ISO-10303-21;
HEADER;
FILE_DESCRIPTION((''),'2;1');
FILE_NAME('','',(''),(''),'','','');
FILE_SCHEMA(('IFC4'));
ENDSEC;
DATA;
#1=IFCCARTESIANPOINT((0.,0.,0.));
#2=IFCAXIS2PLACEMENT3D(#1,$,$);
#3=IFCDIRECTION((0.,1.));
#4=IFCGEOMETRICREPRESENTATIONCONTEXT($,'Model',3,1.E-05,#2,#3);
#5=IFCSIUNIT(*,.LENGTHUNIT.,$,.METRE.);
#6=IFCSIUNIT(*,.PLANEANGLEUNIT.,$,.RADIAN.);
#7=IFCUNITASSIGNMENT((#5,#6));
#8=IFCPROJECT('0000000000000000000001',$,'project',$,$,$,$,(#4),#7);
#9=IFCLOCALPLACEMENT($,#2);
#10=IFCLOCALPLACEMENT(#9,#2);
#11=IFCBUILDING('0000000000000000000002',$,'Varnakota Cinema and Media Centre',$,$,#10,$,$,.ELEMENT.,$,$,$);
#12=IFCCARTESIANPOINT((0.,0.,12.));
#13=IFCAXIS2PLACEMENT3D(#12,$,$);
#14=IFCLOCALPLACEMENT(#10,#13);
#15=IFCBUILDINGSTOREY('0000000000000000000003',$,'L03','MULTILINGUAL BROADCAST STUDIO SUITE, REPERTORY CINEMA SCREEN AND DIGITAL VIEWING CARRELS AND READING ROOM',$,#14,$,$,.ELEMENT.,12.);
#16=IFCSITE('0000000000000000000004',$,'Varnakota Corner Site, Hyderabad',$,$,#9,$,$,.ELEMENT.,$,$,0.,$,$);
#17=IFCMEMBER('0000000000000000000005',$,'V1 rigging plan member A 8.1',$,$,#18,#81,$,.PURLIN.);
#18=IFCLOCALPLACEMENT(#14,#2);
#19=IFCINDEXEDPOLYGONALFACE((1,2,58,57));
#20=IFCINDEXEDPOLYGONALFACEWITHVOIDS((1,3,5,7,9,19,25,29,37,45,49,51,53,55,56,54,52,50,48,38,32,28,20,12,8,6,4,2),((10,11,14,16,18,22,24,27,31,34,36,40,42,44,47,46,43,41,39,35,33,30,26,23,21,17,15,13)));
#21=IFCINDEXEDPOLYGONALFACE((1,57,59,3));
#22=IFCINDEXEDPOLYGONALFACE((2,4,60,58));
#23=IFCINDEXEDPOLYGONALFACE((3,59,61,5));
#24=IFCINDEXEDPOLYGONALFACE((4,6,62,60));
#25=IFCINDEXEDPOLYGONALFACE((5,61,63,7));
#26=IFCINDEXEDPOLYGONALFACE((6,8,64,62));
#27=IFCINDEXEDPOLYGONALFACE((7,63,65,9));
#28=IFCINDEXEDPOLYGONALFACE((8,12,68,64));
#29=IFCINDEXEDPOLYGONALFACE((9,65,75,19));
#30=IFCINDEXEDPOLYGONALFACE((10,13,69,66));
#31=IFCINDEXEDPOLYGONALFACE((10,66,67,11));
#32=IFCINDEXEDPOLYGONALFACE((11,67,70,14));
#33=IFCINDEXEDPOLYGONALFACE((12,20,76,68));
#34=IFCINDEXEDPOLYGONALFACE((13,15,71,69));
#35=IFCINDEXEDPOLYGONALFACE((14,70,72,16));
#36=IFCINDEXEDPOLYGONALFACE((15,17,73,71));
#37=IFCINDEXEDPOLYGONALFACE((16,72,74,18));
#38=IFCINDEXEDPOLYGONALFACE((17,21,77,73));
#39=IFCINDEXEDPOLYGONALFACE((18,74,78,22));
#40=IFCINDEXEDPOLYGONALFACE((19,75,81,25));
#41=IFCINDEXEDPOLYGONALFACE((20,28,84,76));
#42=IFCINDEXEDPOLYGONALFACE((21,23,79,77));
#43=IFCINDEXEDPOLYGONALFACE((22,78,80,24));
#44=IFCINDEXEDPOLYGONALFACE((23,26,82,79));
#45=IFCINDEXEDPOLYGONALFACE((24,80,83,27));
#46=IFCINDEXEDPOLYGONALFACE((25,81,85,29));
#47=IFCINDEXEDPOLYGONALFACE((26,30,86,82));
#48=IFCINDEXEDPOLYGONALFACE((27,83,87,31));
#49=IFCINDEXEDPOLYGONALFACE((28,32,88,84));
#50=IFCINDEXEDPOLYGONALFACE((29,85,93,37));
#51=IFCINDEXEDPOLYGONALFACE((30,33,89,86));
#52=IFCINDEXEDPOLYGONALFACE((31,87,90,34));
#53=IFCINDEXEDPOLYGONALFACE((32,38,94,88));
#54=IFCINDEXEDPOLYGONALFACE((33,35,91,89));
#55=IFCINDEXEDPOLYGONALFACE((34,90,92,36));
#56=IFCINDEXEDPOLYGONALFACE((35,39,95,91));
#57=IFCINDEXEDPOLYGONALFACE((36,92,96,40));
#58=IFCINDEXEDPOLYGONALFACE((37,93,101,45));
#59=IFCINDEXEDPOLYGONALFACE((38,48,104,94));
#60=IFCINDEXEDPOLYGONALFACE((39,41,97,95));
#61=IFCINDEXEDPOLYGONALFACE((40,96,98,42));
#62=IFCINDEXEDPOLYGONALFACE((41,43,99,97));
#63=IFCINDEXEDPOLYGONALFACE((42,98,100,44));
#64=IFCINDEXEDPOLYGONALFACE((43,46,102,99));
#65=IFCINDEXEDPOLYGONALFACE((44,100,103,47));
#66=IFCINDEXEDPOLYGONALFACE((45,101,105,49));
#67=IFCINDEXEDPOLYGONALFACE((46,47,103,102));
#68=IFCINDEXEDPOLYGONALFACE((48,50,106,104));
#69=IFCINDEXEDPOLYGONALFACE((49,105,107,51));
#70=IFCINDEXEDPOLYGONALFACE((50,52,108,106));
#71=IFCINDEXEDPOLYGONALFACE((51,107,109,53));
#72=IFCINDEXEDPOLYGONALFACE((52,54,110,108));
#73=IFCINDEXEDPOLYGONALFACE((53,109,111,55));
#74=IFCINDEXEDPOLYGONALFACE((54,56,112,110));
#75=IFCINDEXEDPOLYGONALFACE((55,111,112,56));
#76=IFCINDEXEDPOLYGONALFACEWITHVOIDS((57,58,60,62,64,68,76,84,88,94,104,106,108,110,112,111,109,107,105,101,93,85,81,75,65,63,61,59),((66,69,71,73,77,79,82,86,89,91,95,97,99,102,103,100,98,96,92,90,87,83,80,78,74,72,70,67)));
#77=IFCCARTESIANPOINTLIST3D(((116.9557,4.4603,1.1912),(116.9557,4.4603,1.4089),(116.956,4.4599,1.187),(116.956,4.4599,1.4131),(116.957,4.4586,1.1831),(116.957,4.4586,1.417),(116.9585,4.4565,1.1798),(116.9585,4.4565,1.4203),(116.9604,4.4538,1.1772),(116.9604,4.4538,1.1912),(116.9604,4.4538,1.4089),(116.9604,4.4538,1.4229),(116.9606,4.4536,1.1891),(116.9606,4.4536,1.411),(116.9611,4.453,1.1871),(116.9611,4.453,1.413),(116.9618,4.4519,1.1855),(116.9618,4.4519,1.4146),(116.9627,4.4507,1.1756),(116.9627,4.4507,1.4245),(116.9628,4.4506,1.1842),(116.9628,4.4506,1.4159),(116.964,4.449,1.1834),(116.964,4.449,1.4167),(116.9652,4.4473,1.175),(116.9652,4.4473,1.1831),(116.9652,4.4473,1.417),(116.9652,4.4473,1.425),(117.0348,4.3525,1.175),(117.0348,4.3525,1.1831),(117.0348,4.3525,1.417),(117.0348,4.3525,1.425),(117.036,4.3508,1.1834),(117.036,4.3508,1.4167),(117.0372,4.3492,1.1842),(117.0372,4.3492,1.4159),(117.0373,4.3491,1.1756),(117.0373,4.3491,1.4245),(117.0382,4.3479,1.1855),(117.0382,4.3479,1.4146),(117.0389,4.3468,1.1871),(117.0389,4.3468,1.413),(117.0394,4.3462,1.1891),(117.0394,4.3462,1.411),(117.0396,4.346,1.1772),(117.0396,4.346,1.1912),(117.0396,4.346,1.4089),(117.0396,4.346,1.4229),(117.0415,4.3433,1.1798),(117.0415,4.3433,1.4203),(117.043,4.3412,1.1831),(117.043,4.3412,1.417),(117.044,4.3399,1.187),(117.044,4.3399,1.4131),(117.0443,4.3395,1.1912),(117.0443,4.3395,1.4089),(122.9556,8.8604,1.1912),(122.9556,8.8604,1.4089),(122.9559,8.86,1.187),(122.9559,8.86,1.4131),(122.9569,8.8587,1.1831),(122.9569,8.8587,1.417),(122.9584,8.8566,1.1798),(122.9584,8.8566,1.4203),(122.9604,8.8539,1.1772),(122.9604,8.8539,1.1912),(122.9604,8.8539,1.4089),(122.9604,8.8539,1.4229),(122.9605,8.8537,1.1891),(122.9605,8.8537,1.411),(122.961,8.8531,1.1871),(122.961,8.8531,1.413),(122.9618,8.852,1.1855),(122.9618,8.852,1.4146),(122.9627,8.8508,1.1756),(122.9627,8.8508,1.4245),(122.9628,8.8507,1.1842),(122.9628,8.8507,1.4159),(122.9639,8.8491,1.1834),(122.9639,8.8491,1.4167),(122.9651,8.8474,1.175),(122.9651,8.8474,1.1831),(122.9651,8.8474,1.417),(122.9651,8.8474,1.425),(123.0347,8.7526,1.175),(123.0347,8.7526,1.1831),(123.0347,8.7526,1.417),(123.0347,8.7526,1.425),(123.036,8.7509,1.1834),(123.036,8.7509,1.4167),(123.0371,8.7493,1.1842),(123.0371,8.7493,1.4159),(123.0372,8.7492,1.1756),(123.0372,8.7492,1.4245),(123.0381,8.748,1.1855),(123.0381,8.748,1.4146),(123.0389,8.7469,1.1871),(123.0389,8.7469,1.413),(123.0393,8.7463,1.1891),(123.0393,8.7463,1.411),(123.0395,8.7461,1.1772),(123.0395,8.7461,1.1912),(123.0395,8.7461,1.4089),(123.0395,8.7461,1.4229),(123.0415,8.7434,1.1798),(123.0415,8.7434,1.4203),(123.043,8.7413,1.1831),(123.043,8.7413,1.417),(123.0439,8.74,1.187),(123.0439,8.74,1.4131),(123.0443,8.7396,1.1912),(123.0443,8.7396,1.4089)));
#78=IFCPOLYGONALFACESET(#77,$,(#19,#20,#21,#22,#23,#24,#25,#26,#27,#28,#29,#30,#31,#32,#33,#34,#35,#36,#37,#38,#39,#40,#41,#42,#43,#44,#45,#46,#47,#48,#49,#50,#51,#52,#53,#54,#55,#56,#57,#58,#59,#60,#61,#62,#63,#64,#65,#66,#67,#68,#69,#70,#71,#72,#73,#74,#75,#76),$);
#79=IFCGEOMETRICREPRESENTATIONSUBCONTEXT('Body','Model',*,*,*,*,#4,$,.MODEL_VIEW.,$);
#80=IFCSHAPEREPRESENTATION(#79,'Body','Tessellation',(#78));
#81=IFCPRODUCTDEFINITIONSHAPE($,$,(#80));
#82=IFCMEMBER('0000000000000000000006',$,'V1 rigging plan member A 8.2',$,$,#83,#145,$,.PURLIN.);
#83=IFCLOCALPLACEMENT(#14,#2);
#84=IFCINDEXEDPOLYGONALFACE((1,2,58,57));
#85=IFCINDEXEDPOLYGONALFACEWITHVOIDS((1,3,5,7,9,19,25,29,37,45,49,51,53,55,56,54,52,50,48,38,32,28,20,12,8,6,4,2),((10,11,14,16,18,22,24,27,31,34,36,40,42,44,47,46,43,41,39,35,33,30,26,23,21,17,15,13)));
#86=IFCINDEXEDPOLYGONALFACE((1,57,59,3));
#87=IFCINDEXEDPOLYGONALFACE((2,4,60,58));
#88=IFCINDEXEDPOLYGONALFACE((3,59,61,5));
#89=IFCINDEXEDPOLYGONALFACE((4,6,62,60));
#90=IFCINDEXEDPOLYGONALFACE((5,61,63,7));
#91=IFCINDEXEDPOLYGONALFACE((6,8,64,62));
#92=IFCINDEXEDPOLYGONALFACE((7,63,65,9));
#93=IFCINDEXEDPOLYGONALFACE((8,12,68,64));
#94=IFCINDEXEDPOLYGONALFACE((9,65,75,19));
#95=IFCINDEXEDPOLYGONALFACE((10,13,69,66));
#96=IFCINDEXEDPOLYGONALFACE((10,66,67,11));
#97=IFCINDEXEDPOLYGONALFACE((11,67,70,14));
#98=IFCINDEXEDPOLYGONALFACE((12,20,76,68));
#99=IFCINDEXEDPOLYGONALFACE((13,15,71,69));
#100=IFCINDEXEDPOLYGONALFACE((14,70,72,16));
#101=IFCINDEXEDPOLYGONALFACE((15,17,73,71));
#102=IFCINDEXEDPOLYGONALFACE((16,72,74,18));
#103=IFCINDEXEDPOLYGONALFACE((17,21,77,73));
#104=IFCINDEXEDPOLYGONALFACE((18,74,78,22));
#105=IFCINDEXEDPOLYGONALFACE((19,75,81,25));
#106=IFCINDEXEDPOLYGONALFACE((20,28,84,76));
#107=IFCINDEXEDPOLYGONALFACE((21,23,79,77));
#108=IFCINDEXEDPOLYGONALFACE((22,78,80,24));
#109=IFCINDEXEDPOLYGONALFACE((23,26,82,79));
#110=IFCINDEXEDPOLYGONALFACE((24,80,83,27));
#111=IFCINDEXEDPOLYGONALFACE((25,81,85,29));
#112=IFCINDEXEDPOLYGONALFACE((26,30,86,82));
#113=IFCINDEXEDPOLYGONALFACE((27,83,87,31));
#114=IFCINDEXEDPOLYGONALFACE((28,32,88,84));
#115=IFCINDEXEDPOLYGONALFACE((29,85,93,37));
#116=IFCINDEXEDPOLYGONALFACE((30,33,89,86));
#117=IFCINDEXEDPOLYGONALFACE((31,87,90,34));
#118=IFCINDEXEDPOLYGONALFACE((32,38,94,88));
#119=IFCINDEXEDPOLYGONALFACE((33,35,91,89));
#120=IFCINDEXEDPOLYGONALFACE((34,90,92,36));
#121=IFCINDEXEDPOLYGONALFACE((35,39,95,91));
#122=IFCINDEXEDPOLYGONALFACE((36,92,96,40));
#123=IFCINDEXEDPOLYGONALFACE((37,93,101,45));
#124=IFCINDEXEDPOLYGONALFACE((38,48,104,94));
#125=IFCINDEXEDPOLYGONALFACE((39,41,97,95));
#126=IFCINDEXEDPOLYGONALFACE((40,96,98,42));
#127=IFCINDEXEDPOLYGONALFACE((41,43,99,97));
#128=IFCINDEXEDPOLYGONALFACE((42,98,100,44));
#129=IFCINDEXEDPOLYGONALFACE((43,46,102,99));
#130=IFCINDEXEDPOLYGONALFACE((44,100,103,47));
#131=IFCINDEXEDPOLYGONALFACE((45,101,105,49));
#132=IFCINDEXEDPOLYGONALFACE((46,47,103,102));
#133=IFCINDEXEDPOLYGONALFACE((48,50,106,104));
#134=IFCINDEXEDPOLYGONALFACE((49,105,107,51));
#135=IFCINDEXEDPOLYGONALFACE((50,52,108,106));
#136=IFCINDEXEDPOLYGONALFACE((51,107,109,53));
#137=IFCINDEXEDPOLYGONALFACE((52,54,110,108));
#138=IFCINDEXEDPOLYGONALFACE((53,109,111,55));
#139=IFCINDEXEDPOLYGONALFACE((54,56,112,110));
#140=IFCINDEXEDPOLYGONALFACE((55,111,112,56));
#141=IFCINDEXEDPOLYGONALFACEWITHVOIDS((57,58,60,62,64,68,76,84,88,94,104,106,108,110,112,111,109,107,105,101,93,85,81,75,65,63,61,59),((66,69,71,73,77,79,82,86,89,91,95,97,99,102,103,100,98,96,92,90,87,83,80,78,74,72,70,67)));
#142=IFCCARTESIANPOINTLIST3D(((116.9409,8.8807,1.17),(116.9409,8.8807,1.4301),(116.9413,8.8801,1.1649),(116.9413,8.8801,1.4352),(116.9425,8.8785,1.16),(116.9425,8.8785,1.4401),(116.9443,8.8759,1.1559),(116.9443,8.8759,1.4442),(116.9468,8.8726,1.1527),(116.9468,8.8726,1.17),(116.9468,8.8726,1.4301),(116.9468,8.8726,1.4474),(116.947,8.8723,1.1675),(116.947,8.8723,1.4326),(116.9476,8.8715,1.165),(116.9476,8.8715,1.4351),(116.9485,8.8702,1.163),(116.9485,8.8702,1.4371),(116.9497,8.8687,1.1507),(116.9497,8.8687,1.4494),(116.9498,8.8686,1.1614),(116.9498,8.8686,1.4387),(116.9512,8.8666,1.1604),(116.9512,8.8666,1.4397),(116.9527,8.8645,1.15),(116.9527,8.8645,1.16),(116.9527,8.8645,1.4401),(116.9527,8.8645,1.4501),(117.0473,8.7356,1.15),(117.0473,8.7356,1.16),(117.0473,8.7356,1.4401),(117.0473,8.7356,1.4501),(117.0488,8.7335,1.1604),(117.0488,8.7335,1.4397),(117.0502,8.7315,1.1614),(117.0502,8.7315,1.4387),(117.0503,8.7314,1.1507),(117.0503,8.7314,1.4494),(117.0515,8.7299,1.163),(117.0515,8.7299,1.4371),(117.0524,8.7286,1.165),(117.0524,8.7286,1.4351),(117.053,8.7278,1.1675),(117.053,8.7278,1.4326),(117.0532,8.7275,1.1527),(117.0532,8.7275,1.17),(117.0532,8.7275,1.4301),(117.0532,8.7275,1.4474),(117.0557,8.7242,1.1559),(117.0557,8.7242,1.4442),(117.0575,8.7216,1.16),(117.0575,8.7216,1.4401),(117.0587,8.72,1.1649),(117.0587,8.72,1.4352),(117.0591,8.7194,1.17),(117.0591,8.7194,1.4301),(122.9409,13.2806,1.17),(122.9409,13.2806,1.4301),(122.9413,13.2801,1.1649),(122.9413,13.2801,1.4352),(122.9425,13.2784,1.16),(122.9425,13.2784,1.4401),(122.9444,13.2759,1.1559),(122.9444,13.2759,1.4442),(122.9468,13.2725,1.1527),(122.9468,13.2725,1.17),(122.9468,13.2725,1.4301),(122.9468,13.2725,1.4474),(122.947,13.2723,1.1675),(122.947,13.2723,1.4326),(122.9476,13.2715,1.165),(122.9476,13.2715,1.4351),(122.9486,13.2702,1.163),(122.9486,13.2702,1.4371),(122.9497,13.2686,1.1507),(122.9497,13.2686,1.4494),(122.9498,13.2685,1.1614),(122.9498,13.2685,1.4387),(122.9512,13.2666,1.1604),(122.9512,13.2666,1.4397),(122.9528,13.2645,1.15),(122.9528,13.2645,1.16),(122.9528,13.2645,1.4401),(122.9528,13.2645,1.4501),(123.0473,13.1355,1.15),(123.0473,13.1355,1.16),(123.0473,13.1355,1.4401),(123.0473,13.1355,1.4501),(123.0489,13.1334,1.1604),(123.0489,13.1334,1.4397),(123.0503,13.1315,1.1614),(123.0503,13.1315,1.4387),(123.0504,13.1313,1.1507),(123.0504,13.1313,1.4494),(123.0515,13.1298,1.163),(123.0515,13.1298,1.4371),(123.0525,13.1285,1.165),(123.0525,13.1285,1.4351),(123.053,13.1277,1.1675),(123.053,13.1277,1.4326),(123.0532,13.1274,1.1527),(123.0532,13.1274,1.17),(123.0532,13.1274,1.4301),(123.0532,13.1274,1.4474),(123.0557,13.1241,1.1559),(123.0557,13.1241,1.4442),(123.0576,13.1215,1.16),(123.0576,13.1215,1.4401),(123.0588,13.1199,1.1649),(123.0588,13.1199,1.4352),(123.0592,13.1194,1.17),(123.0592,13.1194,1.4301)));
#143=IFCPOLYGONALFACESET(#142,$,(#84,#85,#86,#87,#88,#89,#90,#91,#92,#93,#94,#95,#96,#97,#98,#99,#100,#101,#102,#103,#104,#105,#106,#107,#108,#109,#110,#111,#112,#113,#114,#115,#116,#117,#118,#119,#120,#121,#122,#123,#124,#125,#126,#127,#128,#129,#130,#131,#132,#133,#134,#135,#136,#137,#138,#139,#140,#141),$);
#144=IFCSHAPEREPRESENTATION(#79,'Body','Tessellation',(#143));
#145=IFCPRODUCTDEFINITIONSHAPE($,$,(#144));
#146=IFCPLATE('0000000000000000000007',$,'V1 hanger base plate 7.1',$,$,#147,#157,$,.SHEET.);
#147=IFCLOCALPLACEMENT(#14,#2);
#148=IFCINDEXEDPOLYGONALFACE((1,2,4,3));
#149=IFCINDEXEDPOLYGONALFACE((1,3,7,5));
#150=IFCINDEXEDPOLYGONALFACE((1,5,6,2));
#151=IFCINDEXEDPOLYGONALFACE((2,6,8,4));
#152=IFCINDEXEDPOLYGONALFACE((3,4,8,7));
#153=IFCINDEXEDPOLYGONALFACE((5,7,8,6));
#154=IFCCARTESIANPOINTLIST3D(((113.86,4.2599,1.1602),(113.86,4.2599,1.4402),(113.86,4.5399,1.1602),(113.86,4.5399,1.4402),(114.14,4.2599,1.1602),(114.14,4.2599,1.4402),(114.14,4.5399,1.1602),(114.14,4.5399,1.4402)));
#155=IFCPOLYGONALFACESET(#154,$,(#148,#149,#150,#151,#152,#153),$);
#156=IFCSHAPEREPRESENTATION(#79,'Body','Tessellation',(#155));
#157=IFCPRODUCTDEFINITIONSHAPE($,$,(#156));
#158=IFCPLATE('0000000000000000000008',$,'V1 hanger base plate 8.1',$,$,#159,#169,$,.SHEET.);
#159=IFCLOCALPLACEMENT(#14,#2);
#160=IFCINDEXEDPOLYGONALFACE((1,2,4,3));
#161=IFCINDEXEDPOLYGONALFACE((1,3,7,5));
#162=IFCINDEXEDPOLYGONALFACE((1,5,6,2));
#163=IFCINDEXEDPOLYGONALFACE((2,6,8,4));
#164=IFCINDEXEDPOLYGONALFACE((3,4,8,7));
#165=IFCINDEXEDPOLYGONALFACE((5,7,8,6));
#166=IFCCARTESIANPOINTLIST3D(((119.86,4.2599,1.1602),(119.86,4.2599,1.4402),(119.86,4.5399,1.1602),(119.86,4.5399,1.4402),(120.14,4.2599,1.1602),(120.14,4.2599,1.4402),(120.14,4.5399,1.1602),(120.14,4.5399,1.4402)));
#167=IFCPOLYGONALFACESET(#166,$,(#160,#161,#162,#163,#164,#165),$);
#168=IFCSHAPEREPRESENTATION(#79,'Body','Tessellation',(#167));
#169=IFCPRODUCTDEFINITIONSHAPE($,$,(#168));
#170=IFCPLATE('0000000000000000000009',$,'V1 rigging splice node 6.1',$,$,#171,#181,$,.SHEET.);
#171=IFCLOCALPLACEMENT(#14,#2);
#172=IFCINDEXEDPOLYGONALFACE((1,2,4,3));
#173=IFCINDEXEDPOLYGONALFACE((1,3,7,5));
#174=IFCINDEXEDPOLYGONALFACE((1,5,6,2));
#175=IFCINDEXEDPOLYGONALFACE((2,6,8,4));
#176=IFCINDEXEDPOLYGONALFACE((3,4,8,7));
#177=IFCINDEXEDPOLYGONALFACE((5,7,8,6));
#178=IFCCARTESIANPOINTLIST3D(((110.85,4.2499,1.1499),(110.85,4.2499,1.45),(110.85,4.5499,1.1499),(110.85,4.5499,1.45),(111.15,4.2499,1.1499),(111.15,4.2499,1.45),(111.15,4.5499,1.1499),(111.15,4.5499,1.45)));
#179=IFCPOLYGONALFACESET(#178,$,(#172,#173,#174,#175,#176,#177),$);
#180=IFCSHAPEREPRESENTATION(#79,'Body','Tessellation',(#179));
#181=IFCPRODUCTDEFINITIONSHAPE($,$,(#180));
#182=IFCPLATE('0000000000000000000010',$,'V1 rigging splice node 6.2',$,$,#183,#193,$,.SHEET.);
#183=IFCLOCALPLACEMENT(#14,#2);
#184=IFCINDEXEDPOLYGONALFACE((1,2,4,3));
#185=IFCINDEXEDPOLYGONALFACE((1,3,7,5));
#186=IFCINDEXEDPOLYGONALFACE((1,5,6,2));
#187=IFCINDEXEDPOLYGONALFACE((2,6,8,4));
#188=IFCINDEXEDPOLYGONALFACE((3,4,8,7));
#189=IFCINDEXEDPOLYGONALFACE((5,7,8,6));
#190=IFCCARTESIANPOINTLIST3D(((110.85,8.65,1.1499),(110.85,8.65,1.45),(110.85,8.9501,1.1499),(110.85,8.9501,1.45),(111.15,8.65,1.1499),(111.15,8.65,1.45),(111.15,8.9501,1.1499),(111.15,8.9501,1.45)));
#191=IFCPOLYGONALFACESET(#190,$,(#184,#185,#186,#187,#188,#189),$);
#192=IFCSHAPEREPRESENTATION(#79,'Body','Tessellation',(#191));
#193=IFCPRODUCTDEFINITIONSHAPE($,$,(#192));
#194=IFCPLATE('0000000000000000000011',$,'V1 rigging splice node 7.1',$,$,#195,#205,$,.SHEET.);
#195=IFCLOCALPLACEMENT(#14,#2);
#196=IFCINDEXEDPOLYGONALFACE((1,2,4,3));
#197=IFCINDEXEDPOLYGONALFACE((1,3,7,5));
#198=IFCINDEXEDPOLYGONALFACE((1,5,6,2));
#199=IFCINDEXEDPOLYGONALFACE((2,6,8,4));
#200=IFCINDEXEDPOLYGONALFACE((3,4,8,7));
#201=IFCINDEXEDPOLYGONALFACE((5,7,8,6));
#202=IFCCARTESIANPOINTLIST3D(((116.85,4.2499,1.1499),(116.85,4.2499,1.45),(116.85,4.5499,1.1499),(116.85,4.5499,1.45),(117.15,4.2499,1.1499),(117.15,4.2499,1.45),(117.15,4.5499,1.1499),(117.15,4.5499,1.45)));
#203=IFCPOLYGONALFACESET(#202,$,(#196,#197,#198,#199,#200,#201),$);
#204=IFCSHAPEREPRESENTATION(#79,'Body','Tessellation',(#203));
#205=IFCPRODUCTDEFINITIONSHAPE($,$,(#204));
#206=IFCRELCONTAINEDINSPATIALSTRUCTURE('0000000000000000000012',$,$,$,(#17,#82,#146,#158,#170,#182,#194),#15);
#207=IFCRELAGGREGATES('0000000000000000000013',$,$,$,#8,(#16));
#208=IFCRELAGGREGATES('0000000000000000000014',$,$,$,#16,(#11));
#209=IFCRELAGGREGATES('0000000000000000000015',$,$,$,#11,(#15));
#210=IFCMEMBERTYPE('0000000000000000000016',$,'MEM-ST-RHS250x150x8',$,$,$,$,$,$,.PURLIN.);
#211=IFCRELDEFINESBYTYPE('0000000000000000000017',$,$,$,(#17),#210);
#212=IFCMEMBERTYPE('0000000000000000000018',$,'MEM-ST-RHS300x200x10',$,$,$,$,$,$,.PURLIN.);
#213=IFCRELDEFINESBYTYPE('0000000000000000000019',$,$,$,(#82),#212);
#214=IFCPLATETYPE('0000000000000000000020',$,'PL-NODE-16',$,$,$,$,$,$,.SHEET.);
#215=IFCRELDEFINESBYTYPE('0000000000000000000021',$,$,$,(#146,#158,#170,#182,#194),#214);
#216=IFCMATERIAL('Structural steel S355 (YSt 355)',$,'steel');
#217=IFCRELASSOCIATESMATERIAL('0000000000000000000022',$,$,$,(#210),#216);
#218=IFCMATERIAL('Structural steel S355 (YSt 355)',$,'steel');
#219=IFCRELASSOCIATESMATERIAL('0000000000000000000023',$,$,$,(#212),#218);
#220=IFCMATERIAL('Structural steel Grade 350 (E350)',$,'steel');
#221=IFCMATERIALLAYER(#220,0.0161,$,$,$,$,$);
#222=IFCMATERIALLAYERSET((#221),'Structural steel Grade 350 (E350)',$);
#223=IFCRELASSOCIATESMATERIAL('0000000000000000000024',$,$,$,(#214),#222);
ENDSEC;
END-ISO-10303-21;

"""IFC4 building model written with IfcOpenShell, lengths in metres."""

from ifc_helpers import new_model, si_unit, direction, frame, origin, origin_2d, place, context, subcontext, project, spatial, rectangle, hollow_rectangle, extrude, material, layer, layer_set, material_profile, profile_set, type_object, element, save


model = new_model("IFC4")

# Units and contexts
model_context = context("Model", 3, precision=1e-05, world=origin(), true_north=direction((0.0, 1.0)))
body_context = subcontext(model_context, "Body", "Model", "MODEL_VIEW")
ifc_project = project(units=[si_unit("LENGTHUNIT", "METRE"), si_unit("PLANEANGLEUNIT", "RADIAN")], contexts=[model_context])

# Site, building, storey
site_placement = place(None, origin())
site = spatial("IfcSite", under=ifc_project, at=site_placement, Name="Varnakota Corner Site, Hyderabad", CompositionType="ELEMENT", RefElevation=0.0)
building_placement = place(site_placement, origin())
building = spatial("IfcBuilding", under=site, at=building_placement, Name="Varnakota Cinema and Media Centre", CompositionType="ELEMENT")
storey_placement = place(building_placement, frame((0.0, 0.0, 12.0)))
storey = spatial("IfcBuildingStorey", under=building, at=storey_placement, Name="L03", Description="MULTILINGUAL BROADCAST STUDIO SUITE, REPERTORY CINEMA SCREEN AND DIGITAL VIEWING CARRELS AND READING ROOM", CompositionType="ELEMENT", Elevation=12.0)

# Members
ifc_material_1 = material(Name="Structural steel S355 (YSt 355)", Category="steel")
ifc_material_profile_1 = material_profile(ifc_material_1, hollow_rectangle(XDim=0.1499, YDim=0.25, WallThickness=0.0081, InnerFilletRadius=0.0081, OuterFilletRadius=0.0161, at=origin_2d()), Name="RHS 250x150x8")
ifc_profile_set_1 = profile_set([ifc_material_profile_1], Name="Structural steel S355 (YSt 355)")
member_type_1 = type_object("IfcMemberType", Name="MEM-ST-RHS250x150x8", PredefinedType="PURLIN", material=ifc_profile_set_1)
member_1_placement = place(storey_placement, frame((117.0, 4.3999, 1.3), z_axis=(0.806396, 0.591376, 0.0), x_axis=(-0.591376, 0.806396, 0.0)))
element("IfcMember", 1, at=member_1_placement, inside=storey, type_object=member_type_1, Name="V1 rigging plan member A 8.1", PredefinedType="PURLIN", context=body_context, shape_type="SweptSolid", body=[
    extrude(hollow_rectangle(XDim=0.1499, YDim=0.25, WallThickness=0.0081, InnerFilletRadius=0.0081, OuterFilletRadius=0.0161, at=origin_2d()), origin(), (0.0, 0.0, 1.0), 7.4404),
])
ifc_material_2 = material(Name="Structural steel S355 (YSt 355)", Category="steel")
ifc_material_profile_2 = material_profile(ifc_material_2, hollow_rectangle(XDim=0.2, YDim=0.3, WallThickness=0.01, InnerFilletRadius=0.01, OuterFilletRadius=0.02, at=origin_2d()), Name="RHS 300x200x10")
ifc_profile_set_2 = profile_set([ifc_material_profile_2], Name="Structural steel S355 (YSt 355)")
member_type_2 = type_object("IfcMemberType", Name="MEM-ST-RHS300x200x10", PredefinedType="PURLIN", material=ifc_profile_set_2)
member_2_placement = place(storey_placement, frame((117.0, 8.8, 1.3), z_axis=(0.806411, 0.591355, 0.0), x_axis=(-0.591355, 0.806411, 0.0)))
element("IfcMember", 2, at=member_2_placement, inside=storey, type_object=member_type_2, Name="V1 rigging plan member A 8.2", PredefinedType="PURLIN", context=body_context, shape_type="SweptSolid", body=[
    extrude(hollow_rectangle(XDim=0.2, YDim=0.3, WallThickness=0.01, InnerFilletRadius=0.01, OuterFilletRadius=0.02, at=origin_2d()), origin(), (0.0, 0.0, 1.0), 7.4404),
])

# Plates
ifc_material_3 = material(Name="Structural steel Grade 350 (E350)", Category="steel")
ifc_layer_1 = layer(ifc_material_3, 0.0161)
ifc_layer_set_1 = layer_set([ifc_layer_1], Name="Structural steel Grade 350 (E350)")
plate_type = type_object("IfcPlateType", Name="PL-NODE-16", PredefinedType="SHEET", material=ifc_layer_set_1)
for number, where, z_axis, x_axis, name in (
    (3, (114.0, 4.3999, 1.1602), (0.0, 0.0, 1.0), (1.0, 0.0, 0.0), "V1 hanger base plate 7.1"),
    (4, (120.0, 4.3999, 1.1602), (0.0, 0.0, 1.0), (1.0, 0.0, 0.0), "V1 hanger base plate 8.1"),
):
    element("IfcPlate", number, at=place(storey_placement, frame(where, z_axis=z_axis, x_axis=x_axis)), inside=storey, type_object=plate_type, Name=name, PredefinedType="SHEET", context=body_context, shape_type="SweptSolid", body=[
        extrude(rectangle(XDim=0.28, YDim=0.28, at=origin_2d()), origin(), (0.0, 0.0, 1.0), 0.28),
    ])
for number, where, z_axis, x_axis, name in (
    (5, (111.0, 4.3999, 1.1499), (0.0, 0.0, 1.0), (1.0, 0.0, 0.0), "V1 rigging splice node 6.1"),
    (6, (111.0, 8.8, 1.1499), (0.0, 0.0, 1.0), (1.0, 0.0, 0.0), "V1 rigging splice node 6.2"),
    (7, (117.0, 4.3999, 1.1499), (0.0, 0.0, 1.0), (1.0, 0.0, 0.0), "V1 rigging splice node 7.1"),
):
    element("IfcPlate", number, at=place(storey_placement, frame(where, z_axis=z_axis, x_axis=x_axis)), inside=storey, type_object=plate_type, Name=name, PredefinedType="SHEET", context=body_context, shape_type="SweptSolid", body=[
        extrude(rectangle(XDim=0.3, YDim=0.3, at=origin_2d()), origin(), (0.0, 0.0, 1.0), 0.3),
    ])

save(model, "model.ifc")
